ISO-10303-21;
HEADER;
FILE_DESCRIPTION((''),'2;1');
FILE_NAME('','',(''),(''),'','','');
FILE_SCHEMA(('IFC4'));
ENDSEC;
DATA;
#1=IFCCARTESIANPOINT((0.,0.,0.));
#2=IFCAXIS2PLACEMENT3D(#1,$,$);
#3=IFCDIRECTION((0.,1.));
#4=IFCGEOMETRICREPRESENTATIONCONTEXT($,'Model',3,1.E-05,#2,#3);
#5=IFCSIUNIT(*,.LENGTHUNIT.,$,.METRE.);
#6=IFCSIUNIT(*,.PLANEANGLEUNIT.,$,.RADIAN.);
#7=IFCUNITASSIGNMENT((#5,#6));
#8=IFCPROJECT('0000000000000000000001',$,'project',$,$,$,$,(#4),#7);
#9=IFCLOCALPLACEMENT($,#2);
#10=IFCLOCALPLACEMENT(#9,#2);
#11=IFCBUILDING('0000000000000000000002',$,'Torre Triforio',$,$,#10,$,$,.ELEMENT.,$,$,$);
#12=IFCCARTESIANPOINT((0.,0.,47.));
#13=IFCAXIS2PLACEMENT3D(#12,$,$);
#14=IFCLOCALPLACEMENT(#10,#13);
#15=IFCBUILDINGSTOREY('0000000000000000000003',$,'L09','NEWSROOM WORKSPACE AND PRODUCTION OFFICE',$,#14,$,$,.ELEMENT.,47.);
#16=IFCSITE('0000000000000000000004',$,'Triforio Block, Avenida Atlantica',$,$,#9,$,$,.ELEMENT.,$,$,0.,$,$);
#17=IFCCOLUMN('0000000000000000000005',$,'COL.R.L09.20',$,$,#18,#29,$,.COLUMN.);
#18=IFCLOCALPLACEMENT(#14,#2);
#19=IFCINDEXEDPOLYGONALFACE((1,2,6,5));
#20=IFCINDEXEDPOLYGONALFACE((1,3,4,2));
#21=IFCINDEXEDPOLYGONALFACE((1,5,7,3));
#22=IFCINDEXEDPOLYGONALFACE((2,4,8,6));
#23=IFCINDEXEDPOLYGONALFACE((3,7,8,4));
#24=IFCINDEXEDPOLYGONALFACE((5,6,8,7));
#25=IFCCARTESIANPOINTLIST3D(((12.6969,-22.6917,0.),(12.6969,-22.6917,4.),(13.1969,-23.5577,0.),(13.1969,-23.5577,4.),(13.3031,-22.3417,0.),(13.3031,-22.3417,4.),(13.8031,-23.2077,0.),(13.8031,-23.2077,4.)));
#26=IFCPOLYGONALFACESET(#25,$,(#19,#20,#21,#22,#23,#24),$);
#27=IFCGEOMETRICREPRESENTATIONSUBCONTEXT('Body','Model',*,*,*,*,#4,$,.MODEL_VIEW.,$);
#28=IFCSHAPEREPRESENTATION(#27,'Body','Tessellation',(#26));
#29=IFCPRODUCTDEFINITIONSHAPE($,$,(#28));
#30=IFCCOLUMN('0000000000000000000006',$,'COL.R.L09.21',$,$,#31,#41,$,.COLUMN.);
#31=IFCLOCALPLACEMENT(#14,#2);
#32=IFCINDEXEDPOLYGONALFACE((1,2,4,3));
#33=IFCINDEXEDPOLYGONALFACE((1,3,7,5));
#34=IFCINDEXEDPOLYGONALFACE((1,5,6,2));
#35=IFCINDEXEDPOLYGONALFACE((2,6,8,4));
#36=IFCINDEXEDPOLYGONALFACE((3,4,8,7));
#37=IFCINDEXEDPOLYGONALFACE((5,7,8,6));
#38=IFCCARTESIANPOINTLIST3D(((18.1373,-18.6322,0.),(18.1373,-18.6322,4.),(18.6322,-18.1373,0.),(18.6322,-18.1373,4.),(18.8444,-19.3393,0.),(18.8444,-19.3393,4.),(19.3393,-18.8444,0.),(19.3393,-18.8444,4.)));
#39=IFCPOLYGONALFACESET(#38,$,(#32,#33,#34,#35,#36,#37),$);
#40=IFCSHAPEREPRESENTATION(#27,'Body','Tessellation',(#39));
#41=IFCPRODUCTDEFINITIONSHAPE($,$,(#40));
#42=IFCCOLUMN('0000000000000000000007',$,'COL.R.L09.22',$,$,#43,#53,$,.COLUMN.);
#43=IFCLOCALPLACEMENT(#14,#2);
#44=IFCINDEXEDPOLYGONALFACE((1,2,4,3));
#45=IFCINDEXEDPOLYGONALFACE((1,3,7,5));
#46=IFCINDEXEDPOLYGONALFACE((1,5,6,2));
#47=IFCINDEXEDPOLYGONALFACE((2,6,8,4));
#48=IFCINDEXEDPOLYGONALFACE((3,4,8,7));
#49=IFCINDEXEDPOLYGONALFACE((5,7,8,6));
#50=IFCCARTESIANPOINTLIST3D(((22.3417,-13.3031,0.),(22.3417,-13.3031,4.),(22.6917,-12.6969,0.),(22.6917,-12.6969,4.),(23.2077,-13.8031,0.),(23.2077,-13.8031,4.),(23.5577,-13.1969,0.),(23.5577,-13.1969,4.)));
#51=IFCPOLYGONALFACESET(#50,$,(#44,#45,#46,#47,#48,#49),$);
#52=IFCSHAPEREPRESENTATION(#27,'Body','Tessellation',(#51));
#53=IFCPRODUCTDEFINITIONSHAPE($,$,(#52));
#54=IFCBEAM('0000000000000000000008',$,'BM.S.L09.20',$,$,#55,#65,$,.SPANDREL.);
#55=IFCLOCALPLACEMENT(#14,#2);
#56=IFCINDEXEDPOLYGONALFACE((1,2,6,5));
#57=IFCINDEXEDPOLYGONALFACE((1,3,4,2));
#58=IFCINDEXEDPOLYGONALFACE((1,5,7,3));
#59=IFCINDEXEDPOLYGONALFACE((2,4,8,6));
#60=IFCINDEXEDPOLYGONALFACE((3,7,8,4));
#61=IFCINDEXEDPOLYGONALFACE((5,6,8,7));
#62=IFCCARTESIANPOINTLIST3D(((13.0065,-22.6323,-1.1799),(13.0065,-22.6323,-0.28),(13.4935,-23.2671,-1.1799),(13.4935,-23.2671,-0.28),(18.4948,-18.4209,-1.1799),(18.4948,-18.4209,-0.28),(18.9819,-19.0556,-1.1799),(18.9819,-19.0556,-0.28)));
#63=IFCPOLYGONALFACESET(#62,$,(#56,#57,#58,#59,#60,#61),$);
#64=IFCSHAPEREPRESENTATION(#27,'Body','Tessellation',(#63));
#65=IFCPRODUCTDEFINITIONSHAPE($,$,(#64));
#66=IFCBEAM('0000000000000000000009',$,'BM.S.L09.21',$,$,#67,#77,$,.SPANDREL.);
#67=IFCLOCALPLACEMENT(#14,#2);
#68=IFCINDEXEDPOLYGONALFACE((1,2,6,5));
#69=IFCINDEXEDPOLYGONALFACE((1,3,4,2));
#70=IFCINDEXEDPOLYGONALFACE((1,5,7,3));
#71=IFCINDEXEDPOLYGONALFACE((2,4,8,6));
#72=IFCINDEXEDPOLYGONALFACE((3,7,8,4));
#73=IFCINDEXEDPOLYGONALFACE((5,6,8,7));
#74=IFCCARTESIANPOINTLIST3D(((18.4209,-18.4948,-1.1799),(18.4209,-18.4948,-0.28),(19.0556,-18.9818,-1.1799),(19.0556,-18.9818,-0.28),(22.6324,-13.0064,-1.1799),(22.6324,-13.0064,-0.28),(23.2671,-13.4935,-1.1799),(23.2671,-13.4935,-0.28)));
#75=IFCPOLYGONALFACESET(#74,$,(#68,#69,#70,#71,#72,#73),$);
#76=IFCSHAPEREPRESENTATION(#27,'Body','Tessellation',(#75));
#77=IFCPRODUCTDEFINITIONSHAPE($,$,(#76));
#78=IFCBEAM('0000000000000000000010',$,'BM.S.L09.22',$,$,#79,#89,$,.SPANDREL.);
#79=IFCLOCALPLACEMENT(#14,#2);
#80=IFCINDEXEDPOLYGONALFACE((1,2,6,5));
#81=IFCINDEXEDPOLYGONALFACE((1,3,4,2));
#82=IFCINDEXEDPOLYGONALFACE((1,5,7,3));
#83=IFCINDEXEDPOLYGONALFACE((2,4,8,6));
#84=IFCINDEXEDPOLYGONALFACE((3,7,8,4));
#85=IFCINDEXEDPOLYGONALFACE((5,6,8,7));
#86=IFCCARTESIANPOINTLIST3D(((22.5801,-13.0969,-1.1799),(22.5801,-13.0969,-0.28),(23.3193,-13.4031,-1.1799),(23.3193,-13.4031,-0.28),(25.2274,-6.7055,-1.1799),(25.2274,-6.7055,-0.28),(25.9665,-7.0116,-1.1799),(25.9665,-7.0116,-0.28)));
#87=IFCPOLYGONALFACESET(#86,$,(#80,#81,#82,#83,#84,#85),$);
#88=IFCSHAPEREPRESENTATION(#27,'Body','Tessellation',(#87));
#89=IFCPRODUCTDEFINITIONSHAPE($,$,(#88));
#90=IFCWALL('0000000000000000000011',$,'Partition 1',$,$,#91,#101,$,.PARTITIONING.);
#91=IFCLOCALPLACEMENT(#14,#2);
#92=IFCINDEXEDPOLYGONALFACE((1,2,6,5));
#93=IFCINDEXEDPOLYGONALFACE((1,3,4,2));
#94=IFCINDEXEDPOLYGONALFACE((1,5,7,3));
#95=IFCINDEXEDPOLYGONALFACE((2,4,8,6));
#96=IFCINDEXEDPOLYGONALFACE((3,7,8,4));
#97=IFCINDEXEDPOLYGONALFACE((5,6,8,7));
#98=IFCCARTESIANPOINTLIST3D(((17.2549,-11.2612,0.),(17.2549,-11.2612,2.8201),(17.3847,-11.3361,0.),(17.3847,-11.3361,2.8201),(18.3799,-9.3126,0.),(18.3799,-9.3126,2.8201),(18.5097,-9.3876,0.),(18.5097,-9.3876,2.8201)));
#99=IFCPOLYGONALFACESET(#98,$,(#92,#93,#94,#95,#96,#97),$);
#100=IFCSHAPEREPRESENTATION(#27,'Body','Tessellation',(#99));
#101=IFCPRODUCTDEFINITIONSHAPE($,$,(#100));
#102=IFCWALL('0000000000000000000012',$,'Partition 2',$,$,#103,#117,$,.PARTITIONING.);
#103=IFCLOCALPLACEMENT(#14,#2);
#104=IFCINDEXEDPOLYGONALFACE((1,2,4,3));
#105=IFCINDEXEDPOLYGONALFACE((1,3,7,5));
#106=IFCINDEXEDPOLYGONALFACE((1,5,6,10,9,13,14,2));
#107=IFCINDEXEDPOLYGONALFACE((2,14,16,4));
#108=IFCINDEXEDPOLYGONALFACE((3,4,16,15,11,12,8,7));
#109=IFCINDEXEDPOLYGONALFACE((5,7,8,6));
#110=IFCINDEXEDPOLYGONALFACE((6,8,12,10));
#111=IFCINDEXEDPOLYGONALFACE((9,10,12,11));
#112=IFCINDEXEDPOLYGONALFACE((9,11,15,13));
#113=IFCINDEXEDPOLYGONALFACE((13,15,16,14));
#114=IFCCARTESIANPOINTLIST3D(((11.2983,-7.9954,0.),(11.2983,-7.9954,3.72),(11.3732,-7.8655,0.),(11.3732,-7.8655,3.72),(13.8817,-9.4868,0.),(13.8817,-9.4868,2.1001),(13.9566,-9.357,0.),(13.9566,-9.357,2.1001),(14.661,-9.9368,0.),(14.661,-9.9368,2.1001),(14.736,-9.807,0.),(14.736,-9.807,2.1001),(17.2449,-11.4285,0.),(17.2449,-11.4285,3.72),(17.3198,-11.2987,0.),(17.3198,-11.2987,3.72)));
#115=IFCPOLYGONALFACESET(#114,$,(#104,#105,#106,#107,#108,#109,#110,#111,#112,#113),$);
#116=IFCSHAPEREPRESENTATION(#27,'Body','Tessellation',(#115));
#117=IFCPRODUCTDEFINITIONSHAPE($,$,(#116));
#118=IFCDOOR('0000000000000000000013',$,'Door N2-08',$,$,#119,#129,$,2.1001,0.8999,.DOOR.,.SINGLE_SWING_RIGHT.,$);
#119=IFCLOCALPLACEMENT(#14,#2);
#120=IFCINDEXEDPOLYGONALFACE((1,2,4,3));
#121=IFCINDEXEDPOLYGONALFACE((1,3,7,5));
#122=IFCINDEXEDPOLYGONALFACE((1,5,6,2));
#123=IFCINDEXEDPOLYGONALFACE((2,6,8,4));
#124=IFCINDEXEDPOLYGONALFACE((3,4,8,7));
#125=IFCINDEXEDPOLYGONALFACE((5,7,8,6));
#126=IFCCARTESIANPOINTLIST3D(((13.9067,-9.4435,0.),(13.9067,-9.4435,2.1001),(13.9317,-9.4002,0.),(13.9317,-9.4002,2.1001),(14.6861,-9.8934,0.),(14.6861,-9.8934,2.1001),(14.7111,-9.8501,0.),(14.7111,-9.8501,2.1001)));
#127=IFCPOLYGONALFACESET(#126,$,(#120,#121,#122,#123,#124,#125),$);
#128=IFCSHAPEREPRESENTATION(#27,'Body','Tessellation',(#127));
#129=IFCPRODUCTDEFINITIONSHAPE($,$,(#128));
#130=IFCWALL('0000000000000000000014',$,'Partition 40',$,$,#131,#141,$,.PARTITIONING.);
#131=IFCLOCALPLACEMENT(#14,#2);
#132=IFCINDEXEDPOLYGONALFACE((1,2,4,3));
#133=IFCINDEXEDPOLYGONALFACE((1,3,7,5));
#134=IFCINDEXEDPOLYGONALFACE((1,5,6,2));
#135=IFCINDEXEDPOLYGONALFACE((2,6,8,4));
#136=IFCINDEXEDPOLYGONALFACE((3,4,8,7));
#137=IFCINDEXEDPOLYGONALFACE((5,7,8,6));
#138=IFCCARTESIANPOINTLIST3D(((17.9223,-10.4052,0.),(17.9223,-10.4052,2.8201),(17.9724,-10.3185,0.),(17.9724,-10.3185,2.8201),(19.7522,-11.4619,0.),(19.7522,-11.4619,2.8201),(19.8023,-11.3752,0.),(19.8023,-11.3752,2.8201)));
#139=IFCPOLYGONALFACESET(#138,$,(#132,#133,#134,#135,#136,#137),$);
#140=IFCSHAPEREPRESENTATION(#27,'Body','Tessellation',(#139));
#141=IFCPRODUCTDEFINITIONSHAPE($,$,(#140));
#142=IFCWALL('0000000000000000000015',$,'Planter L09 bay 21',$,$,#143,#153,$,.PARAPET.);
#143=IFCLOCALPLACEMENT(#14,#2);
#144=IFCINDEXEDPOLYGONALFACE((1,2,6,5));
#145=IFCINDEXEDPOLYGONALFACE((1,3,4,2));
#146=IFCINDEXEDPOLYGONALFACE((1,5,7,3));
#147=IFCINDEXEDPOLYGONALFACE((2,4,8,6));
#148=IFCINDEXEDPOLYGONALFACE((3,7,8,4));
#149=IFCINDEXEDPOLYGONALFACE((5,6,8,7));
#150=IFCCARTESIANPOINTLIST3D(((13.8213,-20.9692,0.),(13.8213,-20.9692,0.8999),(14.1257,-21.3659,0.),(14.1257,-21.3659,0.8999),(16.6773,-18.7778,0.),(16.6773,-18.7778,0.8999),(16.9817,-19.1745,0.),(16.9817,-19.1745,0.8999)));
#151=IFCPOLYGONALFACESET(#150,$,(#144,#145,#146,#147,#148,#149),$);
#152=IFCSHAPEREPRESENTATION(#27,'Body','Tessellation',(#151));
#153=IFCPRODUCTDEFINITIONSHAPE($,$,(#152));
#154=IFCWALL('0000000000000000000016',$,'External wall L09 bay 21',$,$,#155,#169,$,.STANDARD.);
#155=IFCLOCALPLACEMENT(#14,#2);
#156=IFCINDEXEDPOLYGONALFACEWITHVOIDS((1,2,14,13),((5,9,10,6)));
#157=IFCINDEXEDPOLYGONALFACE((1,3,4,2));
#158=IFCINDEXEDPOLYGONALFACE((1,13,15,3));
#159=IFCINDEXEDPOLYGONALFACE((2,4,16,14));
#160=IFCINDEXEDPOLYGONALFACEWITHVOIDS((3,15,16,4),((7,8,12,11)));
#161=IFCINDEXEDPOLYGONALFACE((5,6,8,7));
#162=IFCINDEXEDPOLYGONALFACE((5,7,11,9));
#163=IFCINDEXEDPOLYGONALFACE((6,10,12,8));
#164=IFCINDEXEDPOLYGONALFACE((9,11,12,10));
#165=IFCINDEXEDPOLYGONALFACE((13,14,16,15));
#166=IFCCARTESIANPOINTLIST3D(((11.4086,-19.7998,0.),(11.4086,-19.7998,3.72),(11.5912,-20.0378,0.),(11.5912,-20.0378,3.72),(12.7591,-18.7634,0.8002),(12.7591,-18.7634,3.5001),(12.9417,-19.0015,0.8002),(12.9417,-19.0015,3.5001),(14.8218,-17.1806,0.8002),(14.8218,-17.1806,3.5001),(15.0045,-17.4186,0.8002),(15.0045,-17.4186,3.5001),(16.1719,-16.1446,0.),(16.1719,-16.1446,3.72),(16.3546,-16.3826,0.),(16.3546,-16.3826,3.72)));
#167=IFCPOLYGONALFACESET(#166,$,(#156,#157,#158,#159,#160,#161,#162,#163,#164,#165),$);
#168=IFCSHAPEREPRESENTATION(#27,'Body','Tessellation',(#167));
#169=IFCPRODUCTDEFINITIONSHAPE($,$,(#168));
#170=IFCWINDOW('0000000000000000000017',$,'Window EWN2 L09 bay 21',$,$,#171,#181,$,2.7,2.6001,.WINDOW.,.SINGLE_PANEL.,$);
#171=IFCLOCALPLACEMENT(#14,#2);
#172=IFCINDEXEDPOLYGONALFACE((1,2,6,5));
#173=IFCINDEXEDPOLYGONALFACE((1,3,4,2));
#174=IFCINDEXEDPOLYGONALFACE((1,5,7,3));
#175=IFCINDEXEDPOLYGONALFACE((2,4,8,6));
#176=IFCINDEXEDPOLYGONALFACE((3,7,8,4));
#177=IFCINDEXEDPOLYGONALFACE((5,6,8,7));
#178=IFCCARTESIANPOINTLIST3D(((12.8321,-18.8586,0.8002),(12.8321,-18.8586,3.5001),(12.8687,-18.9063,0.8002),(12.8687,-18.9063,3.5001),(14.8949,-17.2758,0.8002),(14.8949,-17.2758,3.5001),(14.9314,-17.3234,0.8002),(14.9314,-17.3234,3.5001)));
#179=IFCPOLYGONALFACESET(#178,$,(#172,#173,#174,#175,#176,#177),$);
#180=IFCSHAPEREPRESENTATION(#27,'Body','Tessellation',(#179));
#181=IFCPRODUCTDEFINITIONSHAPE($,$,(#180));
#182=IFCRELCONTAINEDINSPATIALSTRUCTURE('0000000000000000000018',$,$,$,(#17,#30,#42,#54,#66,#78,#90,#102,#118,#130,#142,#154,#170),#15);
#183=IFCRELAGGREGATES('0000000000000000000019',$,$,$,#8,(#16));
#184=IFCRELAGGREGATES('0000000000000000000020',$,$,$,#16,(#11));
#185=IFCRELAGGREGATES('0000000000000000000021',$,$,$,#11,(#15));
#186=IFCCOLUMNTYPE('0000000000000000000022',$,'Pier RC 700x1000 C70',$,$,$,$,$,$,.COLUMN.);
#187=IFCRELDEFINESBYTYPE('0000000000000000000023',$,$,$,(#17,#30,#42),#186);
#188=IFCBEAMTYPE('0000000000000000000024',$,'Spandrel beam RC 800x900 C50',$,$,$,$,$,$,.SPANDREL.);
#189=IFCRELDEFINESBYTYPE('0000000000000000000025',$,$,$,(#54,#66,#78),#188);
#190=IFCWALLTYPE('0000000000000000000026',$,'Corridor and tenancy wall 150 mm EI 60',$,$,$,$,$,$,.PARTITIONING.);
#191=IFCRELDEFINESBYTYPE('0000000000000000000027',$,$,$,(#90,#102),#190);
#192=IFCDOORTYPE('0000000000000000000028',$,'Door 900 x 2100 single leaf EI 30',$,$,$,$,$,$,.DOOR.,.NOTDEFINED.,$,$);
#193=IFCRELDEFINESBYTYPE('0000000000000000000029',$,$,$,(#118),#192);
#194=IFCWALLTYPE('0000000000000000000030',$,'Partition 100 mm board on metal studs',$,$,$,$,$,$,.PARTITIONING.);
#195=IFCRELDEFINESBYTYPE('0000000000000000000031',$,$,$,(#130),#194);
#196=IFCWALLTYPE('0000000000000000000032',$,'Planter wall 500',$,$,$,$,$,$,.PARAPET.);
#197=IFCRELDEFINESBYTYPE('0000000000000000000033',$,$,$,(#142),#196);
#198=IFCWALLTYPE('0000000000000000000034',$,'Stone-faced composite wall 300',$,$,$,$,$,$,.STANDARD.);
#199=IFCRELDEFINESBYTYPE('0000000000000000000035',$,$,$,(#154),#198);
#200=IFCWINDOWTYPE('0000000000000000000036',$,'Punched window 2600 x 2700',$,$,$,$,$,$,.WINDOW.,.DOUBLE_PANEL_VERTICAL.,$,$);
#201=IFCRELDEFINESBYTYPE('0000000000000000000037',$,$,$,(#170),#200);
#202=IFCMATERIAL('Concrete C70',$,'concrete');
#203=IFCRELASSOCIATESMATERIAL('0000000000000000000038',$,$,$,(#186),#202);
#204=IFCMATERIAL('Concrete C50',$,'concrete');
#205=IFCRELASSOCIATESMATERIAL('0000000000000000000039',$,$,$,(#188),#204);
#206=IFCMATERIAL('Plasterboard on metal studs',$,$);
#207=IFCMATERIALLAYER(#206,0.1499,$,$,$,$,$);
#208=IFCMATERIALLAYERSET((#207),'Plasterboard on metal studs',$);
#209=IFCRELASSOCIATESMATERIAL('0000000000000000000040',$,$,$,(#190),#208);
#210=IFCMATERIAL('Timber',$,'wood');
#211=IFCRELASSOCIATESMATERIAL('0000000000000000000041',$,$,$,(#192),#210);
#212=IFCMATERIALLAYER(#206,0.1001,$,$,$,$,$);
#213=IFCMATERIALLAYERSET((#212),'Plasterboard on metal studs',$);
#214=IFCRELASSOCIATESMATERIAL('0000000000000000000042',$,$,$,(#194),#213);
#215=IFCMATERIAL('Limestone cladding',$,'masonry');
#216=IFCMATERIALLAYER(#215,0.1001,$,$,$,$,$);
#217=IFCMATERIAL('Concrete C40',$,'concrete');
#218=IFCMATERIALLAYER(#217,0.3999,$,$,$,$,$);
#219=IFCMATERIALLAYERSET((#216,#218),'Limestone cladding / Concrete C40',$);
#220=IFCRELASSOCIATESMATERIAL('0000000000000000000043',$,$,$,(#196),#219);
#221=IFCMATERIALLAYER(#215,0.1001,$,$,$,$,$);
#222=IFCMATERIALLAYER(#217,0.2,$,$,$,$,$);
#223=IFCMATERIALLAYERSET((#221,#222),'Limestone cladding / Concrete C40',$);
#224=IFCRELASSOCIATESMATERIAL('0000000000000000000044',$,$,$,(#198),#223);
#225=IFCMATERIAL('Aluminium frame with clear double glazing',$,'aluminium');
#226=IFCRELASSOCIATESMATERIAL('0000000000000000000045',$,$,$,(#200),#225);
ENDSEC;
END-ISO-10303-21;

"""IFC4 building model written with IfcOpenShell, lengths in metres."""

from ifc_helpers import new_model, si_unit, direction, frame, frame_2d, origin, origin_2d, place, context, subcontext, project, spatial, rectangle, extrude, material, layer, layer_set, material_profile, profile_set, type_object, element, fill, save


model = new_model("IFC4")

# Units and contexts
model_context = context("Model", 3, precision=1e-05, world=origin(), true_north=direction((0.0, 1.0)))
body_context = subcontext(model_context, "Body", "Model", "MODEL_VIEW")
ifc_project = project(units=[si_unit("LENGTHUNIT", "METRE"), si_unit("PLANEANGLEUNIT", "RADIAN")], contexts=[model_context])

# Site, building, storey
site_placement = place(None, origin())
site = spatial("IfcSite", under=ifc_project, at=site_placement, Name="Triforio Block, Avenida Atlantica", CompositionType="ELEMENT", RefElevation=0.0)
building_placement = place(site_placement, origin())
building = spatial("IfcBuilding", under=site, at=building_placement, Name="Torre Triforio", CompositionType="ELEMENT")
storey_placement = place(building_placement, frame((0.0, 0.0, 47.0)))
storey = spatial("IfcBuildingStorey", under=building, at=storey_placement, Name="L09", Description="NEWSROOM WORKSPACE AND PRODUCTION OFFICE", CompositionType="ELEMENT", Elevation=47.0)

# Columns
ifc_material_1 = material(Name="Concrete C70", Category="concrete")
ifc_material_profile_1 = material_profile(ifc_material_1, rectangle(XDim=0.7, YDim=1.0, at=origin_2d()), Name="RC 700x1000")
ifc_profile_set_1 = profile_set([ifc_material_profile_1], Name="Concrete C70")
column_type = type_object("IfcColumnType", Name="Pier RC 700x1000 C70", PredefinedType="COLUMN", material=ifc_profile_set_1)
for number, where, z_axis, x_axis, name in (
    (1, (13.25, -22.9497, 0.0), (0.0, 0.0, 1.0), (0.866025, 0.5, 0.0), "COL.R.L09.20"),
    (2, (18.7383, -18.7383, 0.0), (0.0, 0.0, 1.0), (0.707107, 0.707107, 0.0), "COL.R.L09.21"),
    (3, (22.9497, -13.25, 0.0), (0.0, 0.0, 1.0), (0.5, 0.866025, 0.0), "COL.R.L09.22"),
):
    element("IfcColumn", number, at=place(storey_placement, frame(where, z_axis=z_axis, x_axis=x_axis)), inside=storey, type_object=column_type, Name=name, PredefinedType="COLUMN", context=body_context, shape_type="SweptSolid", body=[
        extrude(rectangle(XDim=0.7, YDim=1.0, at=origin_2d()), origin(), (0.0, 0.0, 1.0), 4.0),
    ])

# Beams
ifc_material_2 = material(Name="Concrete C50", Category="concrete")
ifc_material_profile_2 = material_profile(ifc_material_2, rectangle(XDim=0.8, YDim=0.8999, at=origin_2d()), Name="RC 800x900")
ifc_profile_set_2 = profile_set([ifc_material_profile_2], Name="Concrete C50")
beam_type = type_object("IfcBeamType", Name="Spandrel beam RC 800x900 C50", PredefinedType="SPANDREL", material=ifc_profile_set_2)
for number, where, z_axis, x_axis, name in (
    (4, (13.25, -22.9497, -0.73), (0.793345, 0.608772, 0.0), (-0.608772, 0.793345, 0.0), "BM.S.L09.20"),
    (5, (18.7383, -18.7383, -0.73), (0.608772, 0.793345, 0.0), (-0.793345, 0.608772, 0.0), "BM.S.L09.21"),
    (6, (22.9497, -13.25, -0.73), (0.382662, 0.923888, 0.0), (-0.923888, 0.382662, 0.0), "BM.S.L09.22"),
):
    element("IfcBeam", number, at=place(storey_placement, frame(where, z_axis=z_axis, x_axis=x_axis)), inside=storey, type_object=beam_type, Name=name, PredefinedType="SPANDREL", context=body_context, shape_type="SweptSolid", body=[
        extrude(rectangle(XDim=0.8, YDim=0.8999, at=origin_2d()), origin(), (0.0, 0.0, 1.0), 6.918),
    ])

# Wall
ifc_material_3 = material(Name="Plasterboard on metal studs")
ifc_layer_1 = layer(ifc_material_3, 0.1499)
ifc_layer_set_1 = layer_set([ifc_layer_1], Name="Plasterboard on metal studs")
wall_type_1 = type_object("IfcWallType", Name="Corridor and tenancy wall 150 mm EI 60", PredefinedType="PARTITIONING", material=ifc_layer_set_1)
wall_1_placement = place(storey_placement, frame((18.4448, -9.3501, 0.0), z_axis=(0.0, 0.0, 1.0), x_axis=(-0.500014, -0.866018, 0.0)))
element("IfcWall", 7, at=wall_1_placement, inside=storey, type_object=wall_type_1, Name="Partition 1", PredefinedType="PARTITIONING", context=body_context, shape_type="SweptSolid", body=[
    extrude(rectangle(XDim=2.25, YDim=0.1499, at=frame_2d((1.125, 0.0))), origin(), (0.0, 0.0, 1.0), 2.8201),
])

# Wall, opening, door
wall_2_placement = place(storey_placement, frame((17.2822, -11.3635, 0.0), z_axis=(0.0, 0.0, 1.0), x_axis=(-0.866033, 0.499986, 0.0)))
wall_2 = element("IfcWall", 8, at=wall_2_placement, inside=storey, type_object=wall_type_1, Name="Partition 2", PredefinedType="PARTITIONING", context=body_context, shape_type="SweptSolid", body=[
    extrude(rectangle(XDim=6.8665, YDim=0.1499, at=frame_2d((3.4331, 0.0))), origin(), (0.0, 0.0, 1.0), 3.72),
])
opening_1_placement = place(wall_2_placement, frame((2.9834, 0.0, 0.0)))
opening_1 = element("IfcOpeningElement", 9, at=opening_1_placement, cuts=wall_2, PredefinedType="OPENING", context=body_context, shape_type="SweptSolid", body=[
    extrude(rectangle(XDim=0.8999, YDim=2.1001, at=frame_2d((0.45, 1.05))), frame((0.0, 0.085, 0.0), z_axis=(0.0, -1.0, 0.0), x_axis=(1.0, 0.0, 0.0)), (0.0, 0.0, 1.0), 0.1699),
])
ifc_material_4 = material(Name="Timber", Category="wood")
door_type_1 = type_object("IfcDoorType", Name="Door 900 x 2100 single leaf EI 30", OperationType="NOTDEFINED", PredefinedType="DOOR", material=ifc_material_4)
door_1_placement = place(opening_1_placement, origin())
door_1 = element("IfcDoor", 10, at=door_1_placement, inside=storey, type_object=door_type_1, Name="Door N2-08", OperationType="SINGLE_SWING_RIGHT", OverallHeight=2.1001, OverallWidth=0.8999, PredefinedType="DOOR", context=body_context, shape_type="SweptSolid", body=[
    extrude(rectangle(XDim=0.8999, YDim=2.1001, at=frame_2d((0.45, 1.05))), frame((0.0, 0.0249, 0.0), z_axis=(0.0, -1.0, 0.0), x_axis=(1.0, 0.0, 0.0)), (0.0, 0.0, 1.0), 0.05),
])
fill(opening_1, door_1)

# Walls
ifc_layer_2 = layer(ifc_material_3, 0.1001)
ifc_layer_set_2 = layer_set([ifc_layer_2], Name="Plasterboard on metal studs")
wall_type_2 = type_object("IfcWallType", Name="Partition 100 mm board on metal studs", PredefinedType="PARTITIONING", material=ifc_layer_set_2)
wall_3_placement = place(storey_placement, frame((17.9473, -10.3618, 0.0), z_axis=(0.0, 0.0, 1.0), x_axis=(0.865987, -0.500066, 0.0)))
element("IfcWall", 11, at=wall_3_placement, inside=storey, type_object=wall_type_2, Name="Partition 40", PredefinedType="PARTITIONING", context=body_context, shape_type="SweptSolid", body=[
    extrude(rectangle(XDim=2.113, YDim=0.1001, at=frame_2d((1.0566, 0.0))), origin(), (0.0, 0.0, 1.0), 2.8201),
])
ifc_material_5 = material(Name="Limestone cladding", Category="masonry")
ifc_layer_3 = layer(ifc_material_5, 0.1001)
ifc_material_6 = material(Name="Concrete C40", Category="concrete")
ifc_layer_4 = layer(ifc_material_6, 0.3999)
ifc_layer_set_3 = layer_set([ifc_layer_3, ifc_layer_4], Name="Limestone cladding / Concrete C40")
wall_type_3 = type_object("IfcWallType", Name="Planter wall 500", PredefinedType="PARAPET", material=ifc_layer_set_3)
wall_4_placement = place(storey_placement, frame((13.9736, -21.1675, 0.0), z_axis=(0.0, 0.0, 1.0), x_axis=(0.79336, 0.608753, 0.0)))
element("IfcWall", 12, at=wall_4_placement, inside=storey, type_object=wall_type_3, Name="Planter L09 bay 21", PredefinedType="PARAPET", context=body_context, shape_type="SweptSolid", body=[
    extrude(rectangle(XDim=3.5999, YDim=0.5, at=frame_2d((1.7998, 0.0))), origin(), (0.0, 0.0, 1.0), 0.8999),
])

# Wall, opening, window
ifc_layer_5 = layer(ifc_material_5, 0.1001)
ifc_layer_6 = layer(ifc_material_6, 0.2)
ifc_layer_set_4 = layer_set([ifc_layer_5, ifc_layer_6], Name="Limestone cladding / Concrete C40")
wall_type_4 = type_object("IfcWallType", Name="Stone-faced composite wall 300", PredefinedType="STANDARD", material=ifc_layer_set_4)
wall_5_placement = place(storey_placement, frame((11.5, -19.9187, 0.0), z_axis=(0.0, 0.0, 1.0), x_axis=(0.79334, 0.608779, 0.0)))
wall_5 = element("IfcWall", 13, at=wall_5_placement, inside=storey, type_object=wall_type_4, Name="External wall L09 bay 21", PredefinedType="STANDARD", context=body_context, shape_type="SweptSolid", body=[
    extrude(rectangle(XDim=6.0042, YDim=0.3, at=frame_2d((3.002, 0.0))), origin(), (0.0, 0.0, 1.0), 3.72),
])
opening_2_placement = place(wall_5_placement, frame((1.7021, 0.0, 0.8)))
opening_2 = element("IfcOpeningElement", 14, at=opening_2_placement, cuts=wall_5, PredefinedType="OPENING", context=body_context, shape_type="SweptSolid", body=[
    extrude(rectangle(XDim=2.6001, YDim=2.7, at=frame_2d((1.3, 1.3501))), frame((0.0, 0.1599, 0.0), z_axis=(0.0, -1.0, 0.0), x_axis=(1.0, 0.0, 0.0)), (0.0, 0.0, 1.0), 0.3201),
])
ifc_material_7 = material(Name="Aluminium frame with clear double glazing", Category="aluminium")
window_type_1 = type_object("IfcWindowType", Name="Punched window 2600 x 2700", PartitioningType="DOUBLE_PANEL_VERTICAL", PredefinedType="WINDOW", material=ifc_material_7)
window_1_placement = place(opening_2_placement, origin())
window_1 = element("IfcWindow", 15, at=window_1_placement, inside=storey, type_object=window_type_1, Name="Window EWN2 L09 bay 21", OverallHeight=2.7, OverallWidth=2.6001, PartitioningType="SINGLE_PANEL", PredefinedType="WINDOW", context=body_context, shape_type="SweptSolid", body=[
    extrude(rectangle(XDim=2.6001, YDim=2.7, at=frame_2d((1.3, 1.3501))), frame((0.0, 0.03, 0.0), z_axis=(0.0, -1.0, 0.0), x_axis=(1.0, 0.0, 0.0)), (0.0, 0.0, 1.0), 0.0601),
])
fill(opening_2, window_1)

save(model, "model.ifc")
